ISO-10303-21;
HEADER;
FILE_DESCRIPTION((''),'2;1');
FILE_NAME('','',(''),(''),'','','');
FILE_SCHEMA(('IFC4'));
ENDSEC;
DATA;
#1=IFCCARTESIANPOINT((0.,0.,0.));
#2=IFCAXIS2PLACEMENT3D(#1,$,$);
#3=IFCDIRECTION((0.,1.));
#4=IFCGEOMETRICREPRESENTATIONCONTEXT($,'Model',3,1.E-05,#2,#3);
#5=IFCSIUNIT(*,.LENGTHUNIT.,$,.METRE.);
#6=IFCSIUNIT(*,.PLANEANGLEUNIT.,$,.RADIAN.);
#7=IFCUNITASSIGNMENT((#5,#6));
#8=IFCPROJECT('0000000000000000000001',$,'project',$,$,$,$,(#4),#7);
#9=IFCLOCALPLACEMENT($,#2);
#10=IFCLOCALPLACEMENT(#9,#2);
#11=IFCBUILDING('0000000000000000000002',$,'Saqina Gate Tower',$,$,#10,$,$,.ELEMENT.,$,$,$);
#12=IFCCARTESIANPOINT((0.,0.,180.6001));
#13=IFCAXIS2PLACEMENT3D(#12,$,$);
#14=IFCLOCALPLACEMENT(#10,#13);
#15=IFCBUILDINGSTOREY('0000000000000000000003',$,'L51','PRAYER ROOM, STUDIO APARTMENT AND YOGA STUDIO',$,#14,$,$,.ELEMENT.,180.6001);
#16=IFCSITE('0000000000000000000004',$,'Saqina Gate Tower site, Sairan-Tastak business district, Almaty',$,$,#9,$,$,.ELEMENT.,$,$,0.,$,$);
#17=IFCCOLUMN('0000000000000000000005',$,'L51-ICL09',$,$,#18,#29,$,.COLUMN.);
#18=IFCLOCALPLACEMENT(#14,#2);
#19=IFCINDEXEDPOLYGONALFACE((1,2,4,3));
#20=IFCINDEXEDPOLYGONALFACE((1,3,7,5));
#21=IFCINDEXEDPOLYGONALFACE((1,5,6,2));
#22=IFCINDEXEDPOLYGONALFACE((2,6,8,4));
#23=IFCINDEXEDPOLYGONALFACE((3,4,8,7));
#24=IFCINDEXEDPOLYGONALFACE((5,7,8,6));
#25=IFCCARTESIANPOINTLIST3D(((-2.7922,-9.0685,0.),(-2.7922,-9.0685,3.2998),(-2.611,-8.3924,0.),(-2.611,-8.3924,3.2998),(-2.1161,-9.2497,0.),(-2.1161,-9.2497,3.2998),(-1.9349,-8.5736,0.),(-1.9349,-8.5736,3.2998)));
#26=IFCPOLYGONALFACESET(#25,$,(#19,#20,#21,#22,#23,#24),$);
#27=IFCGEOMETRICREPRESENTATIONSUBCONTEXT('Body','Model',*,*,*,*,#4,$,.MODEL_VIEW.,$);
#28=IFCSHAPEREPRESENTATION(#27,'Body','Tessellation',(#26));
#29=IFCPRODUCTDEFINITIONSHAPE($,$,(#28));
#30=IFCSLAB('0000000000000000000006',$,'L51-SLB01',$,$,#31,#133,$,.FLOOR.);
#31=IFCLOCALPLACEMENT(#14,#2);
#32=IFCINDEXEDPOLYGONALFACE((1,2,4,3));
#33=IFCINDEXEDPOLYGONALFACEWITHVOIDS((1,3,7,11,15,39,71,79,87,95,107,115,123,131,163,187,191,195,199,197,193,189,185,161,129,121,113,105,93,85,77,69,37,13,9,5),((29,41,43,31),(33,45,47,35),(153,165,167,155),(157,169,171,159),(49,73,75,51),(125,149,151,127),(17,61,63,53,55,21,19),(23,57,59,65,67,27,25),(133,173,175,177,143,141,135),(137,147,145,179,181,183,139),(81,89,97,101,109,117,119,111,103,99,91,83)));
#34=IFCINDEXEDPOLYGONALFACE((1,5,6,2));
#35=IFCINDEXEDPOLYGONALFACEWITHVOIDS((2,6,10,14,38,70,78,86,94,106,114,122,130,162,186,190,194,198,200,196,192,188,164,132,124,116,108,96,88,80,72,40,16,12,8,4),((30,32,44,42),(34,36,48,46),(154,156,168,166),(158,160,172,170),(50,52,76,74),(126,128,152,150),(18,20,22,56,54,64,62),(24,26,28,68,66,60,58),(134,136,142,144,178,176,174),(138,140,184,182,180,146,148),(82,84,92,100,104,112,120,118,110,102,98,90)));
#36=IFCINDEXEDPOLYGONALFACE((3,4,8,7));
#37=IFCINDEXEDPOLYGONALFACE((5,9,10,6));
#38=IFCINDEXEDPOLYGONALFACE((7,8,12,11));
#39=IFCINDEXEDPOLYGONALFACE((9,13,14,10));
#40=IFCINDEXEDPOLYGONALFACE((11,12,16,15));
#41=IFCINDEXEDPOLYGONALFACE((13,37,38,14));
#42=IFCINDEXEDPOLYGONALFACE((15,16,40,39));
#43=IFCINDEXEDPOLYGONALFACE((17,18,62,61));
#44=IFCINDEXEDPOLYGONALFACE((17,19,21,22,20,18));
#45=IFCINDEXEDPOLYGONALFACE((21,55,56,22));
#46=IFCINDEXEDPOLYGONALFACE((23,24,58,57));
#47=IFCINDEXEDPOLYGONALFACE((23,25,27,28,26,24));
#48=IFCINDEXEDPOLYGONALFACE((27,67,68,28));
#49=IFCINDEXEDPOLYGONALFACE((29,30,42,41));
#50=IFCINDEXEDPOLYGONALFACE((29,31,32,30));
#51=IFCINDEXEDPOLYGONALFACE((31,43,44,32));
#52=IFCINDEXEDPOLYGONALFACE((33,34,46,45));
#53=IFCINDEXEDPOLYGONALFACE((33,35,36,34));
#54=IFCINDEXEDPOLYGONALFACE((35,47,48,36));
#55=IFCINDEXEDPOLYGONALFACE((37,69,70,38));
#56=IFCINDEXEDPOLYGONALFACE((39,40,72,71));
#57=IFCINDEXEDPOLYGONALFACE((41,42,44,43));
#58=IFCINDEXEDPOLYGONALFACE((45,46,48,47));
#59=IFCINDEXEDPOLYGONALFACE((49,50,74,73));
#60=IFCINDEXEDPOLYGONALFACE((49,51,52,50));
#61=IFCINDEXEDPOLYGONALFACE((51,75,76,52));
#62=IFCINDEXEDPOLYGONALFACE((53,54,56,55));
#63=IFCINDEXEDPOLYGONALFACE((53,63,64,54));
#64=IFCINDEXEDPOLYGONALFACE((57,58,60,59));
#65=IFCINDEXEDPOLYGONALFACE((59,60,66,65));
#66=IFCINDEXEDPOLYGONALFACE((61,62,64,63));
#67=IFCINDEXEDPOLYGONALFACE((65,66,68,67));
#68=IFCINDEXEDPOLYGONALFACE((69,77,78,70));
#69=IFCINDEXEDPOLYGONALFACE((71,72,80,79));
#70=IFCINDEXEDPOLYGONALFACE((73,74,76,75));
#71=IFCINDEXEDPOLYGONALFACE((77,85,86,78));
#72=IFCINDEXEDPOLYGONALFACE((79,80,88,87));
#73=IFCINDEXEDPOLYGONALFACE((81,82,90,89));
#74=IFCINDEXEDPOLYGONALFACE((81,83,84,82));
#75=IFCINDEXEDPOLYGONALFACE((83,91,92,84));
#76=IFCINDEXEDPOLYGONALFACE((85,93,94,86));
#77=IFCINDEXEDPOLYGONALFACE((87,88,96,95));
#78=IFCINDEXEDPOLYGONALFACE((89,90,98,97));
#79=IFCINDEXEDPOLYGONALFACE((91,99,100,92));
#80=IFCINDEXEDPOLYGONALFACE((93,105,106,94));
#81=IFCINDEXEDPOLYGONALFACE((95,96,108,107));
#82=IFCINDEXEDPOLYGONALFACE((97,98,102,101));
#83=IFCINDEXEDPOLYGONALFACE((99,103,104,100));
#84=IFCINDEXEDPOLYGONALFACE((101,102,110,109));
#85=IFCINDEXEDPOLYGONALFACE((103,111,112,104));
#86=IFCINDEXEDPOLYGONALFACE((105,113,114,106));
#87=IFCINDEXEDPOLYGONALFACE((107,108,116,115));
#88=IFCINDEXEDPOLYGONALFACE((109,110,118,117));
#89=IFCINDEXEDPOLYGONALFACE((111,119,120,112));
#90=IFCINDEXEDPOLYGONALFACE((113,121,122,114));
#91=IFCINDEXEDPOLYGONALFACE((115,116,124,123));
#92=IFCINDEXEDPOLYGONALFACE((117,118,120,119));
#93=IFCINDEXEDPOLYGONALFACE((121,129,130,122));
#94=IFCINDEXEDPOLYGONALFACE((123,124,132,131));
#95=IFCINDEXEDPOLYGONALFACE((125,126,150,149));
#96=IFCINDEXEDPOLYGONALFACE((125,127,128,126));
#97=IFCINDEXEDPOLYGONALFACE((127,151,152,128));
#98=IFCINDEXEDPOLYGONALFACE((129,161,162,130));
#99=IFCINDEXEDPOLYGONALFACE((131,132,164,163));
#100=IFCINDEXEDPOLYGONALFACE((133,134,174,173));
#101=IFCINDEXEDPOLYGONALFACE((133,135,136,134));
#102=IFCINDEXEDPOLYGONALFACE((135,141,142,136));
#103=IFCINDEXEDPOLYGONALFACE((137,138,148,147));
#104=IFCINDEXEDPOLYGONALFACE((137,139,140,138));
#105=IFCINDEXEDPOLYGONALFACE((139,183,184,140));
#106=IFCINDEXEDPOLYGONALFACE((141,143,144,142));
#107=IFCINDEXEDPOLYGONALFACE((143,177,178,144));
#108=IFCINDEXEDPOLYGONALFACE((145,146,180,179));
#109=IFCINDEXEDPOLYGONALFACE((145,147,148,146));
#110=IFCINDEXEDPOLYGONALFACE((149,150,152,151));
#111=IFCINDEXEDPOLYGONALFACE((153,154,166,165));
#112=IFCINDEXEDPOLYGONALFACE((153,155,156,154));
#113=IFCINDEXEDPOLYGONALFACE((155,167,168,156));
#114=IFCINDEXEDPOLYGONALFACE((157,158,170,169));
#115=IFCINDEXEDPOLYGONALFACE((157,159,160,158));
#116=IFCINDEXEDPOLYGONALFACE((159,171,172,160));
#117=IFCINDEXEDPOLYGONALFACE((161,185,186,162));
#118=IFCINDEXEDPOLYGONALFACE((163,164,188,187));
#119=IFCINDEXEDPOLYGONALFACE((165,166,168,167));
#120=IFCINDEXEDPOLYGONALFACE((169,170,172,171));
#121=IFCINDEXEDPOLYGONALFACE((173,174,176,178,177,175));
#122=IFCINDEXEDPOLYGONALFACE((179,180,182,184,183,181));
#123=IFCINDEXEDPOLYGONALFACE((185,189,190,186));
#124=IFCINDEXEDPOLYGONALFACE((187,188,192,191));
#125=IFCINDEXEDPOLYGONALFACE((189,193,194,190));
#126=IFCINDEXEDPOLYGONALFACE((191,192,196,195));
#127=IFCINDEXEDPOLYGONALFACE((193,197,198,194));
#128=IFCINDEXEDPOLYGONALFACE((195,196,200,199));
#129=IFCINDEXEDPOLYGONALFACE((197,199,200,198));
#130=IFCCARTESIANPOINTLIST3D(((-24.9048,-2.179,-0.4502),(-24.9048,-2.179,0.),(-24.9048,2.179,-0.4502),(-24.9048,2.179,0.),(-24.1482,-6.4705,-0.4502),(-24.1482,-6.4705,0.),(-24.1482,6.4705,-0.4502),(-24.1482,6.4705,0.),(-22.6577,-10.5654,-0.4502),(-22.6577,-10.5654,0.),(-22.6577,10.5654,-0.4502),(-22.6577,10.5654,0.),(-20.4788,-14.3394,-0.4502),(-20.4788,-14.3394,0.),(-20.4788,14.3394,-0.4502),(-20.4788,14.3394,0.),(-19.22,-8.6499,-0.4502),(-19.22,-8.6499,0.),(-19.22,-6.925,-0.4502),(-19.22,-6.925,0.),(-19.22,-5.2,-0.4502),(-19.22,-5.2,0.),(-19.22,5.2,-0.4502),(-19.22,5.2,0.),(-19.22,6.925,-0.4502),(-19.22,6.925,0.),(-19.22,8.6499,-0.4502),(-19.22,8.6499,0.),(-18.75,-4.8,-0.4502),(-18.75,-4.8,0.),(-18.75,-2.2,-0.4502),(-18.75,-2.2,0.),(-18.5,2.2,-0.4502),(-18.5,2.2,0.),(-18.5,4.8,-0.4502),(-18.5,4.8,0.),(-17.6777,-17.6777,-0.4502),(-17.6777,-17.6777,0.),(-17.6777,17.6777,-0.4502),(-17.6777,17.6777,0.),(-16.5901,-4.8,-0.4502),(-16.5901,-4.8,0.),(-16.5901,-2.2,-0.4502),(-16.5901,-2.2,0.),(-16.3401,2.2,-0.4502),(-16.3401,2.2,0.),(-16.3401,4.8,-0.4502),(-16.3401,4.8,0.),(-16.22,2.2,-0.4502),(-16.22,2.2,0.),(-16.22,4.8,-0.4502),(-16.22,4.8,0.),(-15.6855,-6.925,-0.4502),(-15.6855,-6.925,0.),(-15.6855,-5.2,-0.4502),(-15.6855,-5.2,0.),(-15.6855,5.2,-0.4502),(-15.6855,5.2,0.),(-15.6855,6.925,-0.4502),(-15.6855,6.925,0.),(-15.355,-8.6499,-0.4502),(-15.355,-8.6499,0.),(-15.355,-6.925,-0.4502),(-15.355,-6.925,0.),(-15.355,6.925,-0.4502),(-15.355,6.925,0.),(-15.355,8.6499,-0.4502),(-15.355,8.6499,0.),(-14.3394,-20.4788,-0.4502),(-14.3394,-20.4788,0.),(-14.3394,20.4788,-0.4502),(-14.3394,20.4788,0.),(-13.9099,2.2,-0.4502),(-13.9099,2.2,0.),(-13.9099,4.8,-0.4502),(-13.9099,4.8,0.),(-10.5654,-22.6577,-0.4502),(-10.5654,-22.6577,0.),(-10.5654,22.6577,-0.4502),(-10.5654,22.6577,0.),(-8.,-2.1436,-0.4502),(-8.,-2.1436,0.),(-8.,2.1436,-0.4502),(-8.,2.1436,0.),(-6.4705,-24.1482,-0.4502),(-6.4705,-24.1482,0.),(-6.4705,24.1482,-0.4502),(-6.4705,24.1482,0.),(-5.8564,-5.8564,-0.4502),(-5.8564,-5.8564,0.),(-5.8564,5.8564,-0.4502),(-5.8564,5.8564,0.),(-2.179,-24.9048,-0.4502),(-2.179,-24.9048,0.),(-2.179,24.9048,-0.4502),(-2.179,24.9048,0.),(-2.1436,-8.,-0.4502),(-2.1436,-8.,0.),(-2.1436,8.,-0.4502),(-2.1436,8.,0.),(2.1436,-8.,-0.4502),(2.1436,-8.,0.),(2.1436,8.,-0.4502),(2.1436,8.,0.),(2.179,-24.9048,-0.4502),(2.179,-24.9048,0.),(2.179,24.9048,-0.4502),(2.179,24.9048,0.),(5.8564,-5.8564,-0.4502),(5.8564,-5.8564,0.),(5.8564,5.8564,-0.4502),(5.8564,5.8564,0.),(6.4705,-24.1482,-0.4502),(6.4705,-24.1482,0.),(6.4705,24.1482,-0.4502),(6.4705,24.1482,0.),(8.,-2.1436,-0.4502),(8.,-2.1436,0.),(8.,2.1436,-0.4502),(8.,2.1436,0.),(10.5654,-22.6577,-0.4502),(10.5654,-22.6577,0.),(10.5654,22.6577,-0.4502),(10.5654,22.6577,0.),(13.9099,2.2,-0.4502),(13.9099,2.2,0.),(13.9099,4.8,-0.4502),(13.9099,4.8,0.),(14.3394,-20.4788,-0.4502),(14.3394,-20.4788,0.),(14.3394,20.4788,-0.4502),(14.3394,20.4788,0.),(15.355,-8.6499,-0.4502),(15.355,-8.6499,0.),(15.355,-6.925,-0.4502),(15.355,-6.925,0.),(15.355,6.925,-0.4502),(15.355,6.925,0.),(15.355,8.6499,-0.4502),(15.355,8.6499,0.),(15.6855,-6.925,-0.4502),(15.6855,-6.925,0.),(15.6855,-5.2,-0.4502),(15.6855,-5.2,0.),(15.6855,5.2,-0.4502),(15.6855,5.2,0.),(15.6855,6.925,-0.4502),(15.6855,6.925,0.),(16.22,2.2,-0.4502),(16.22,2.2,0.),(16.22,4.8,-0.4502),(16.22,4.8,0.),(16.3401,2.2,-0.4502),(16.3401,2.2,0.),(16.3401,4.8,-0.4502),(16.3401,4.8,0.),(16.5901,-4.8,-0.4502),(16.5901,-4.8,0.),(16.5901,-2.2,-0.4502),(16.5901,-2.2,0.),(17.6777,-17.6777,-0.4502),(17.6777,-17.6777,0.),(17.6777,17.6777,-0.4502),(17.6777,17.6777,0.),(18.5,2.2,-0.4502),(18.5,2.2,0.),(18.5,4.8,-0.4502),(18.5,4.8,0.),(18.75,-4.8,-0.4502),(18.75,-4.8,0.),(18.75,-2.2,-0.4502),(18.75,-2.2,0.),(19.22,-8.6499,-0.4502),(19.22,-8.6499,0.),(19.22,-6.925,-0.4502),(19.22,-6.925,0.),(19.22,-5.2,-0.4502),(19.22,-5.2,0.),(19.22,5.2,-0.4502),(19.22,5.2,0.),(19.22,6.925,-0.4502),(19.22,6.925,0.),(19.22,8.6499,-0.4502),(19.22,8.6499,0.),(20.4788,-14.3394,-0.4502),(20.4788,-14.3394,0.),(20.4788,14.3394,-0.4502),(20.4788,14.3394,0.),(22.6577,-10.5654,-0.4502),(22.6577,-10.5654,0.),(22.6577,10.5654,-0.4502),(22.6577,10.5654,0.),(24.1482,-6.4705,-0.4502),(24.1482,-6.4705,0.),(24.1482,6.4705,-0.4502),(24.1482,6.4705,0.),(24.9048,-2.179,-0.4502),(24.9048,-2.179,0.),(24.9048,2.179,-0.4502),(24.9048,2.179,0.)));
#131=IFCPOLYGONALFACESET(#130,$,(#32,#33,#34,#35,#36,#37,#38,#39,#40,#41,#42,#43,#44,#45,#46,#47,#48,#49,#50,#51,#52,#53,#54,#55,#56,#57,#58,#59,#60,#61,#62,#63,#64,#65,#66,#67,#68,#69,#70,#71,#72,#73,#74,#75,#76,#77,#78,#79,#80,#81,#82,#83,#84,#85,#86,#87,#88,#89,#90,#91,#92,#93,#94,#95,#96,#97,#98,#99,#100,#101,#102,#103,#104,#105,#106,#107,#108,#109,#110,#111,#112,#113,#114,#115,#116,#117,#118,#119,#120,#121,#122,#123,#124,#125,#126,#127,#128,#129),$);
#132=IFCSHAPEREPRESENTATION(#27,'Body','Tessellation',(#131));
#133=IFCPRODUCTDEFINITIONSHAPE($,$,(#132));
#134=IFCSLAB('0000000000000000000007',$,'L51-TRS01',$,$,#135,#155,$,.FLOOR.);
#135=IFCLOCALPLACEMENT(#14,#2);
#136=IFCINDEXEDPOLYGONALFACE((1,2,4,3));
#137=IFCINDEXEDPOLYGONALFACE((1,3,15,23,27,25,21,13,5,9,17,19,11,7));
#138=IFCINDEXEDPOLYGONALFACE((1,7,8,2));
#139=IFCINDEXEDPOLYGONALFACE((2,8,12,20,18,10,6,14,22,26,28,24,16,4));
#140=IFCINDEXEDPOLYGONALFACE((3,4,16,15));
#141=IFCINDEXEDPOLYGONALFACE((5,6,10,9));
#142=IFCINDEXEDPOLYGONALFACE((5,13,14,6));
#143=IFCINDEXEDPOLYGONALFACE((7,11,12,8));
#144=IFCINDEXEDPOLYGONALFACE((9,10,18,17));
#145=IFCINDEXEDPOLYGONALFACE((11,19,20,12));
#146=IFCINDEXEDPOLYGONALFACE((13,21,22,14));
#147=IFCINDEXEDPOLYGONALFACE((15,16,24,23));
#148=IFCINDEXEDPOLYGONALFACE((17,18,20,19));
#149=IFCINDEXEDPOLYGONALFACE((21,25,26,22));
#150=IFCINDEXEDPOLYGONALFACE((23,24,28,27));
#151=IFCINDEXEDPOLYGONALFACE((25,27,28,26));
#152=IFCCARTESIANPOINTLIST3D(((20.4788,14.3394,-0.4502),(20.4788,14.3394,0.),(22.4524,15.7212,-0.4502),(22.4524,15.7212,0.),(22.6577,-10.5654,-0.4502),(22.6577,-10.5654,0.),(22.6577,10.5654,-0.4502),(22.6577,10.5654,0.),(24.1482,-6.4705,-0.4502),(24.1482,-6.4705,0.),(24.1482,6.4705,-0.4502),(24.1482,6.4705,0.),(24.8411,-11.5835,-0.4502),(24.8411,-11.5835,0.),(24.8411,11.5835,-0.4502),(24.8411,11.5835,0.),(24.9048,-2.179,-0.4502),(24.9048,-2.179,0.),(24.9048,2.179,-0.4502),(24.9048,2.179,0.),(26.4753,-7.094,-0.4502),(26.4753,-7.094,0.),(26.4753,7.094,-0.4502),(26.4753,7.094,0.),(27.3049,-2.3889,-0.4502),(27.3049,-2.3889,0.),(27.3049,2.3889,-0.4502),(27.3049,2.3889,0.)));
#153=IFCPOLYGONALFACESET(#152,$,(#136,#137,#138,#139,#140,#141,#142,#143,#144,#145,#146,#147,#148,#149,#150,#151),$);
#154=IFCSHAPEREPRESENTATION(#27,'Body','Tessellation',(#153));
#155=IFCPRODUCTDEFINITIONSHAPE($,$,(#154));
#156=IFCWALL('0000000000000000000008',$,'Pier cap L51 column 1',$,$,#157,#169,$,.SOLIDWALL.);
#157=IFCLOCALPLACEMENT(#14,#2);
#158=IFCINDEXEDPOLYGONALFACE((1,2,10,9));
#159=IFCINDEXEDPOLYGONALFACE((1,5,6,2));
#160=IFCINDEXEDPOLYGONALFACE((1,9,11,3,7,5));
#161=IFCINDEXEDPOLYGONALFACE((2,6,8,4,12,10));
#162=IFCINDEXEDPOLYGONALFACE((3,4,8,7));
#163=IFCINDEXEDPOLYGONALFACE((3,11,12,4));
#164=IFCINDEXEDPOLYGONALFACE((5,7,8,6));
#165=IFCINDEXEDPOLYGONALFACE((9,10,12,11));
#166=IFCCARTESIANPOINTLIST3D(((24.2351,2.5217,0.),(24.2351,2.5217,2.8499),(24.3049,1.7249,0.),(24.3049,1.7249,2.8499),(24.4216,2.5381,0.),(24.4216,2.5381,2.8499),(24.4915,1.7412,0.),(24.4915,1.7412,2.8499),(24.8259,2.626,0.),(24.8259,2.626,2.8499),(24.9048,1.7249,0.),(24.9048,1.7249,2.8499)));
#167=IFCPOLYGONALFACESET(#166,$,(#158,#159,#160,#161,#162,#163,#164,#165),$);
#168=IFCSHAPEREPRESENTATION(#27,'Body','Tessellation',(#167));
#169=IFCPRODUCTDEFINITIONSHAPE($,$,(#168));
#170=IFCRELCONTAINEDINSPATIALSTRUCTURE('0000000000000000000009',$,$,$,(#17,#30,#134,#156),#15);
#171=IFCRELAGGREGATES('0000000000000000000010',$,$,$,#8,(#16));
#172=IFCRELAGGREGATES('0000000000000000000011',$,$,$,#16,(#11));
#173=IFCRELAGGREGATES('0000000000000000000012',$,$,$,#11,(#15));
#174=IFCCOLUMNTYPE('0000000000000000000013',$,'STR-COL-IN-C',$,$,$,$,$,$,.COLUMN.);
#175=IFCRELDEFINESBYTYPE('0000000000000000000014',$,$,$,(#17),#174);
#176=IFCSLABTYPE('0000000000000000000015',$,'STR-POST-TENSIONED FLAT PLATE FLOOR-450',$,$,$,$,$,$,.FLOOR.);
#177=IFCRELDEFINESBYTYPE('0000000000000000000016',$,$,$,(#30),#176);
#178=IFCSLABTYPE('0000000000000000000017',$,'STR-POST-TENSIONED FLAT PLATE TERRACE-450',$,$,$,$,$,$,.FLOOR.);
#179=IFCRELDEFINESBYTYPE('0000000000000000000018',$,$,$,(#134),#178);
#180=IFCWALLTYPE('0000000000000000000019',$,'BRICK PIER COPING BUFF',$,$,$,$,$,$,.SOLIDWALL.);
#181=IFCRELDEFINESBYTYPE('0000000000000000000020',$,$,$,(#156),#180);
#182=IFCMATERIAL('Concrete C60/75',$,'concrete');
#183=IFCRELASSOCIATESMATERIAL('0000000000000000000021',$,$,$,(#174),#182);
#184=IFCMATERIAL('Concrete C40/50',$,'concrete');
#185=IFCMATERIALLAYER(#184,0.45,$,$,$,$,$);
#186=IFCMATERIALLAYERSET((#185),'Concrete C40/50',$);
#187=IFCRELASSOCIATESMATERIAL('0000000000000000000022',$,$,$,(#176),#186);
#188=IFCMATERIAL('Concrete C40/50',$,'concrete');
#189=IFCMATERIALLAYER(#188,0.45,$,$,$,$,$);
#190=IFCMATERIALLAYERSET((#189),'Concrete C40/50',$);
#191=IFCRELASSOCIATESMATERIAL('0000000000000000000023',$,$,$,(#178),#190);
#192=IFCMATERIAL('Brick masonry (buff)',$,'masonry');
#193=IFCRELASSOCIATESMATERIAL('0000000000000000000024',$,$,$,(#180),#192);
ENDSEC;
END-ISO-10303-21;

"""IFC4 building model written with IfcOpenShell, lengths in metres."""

from ifc_helpers import new_model, si_unit, direction, frame, origin, origin_2d, place, context, subcontext, project, spatial, polyline, rectangle, outline, extrude, material, layer, layer_set, material_profile, profile_set, type_object, element, save


model = new_model("IFC4")

# Units and contexts
model_context = context("Model", 3, precision=1e-05, world=origin(), true_north=direction((0.0, 1.0)))
body_context = subcontext(model_context, "Body", "Model", "MODEL_VIEW")
ifc_project = project(units=[si_unit("LENGTHUNIT", "METRE"), si_unit("PLANEANGLEUNIT", "RADIAN")], contexts=[model_context])

# Site, building, storey
site_placement = place(None, origin())
site = spatial("IfcSite", under=ifc_project, at=site_placement, Name="Saqina Gate Tower site, Sairan-Tastak business district, Almaty", CompositionType="ELEMENT", RefElevation=0.0)
building_placement = place(site_placement, origin())
building = spatial("IfcBuilding", under=site, at=building_placement, Name="Saqina Gate Tower", CompositionType="ELEMENT")
storey_placement = place(building_placement, frame((0.0, 0.0, 180.6001)))
storey = spatial("IfcBuildingStorey", under=building, at=storey_placement, Name="L51", Description="PRAYER ROOM, STUDIO APARTMENT AND YOGA STUDIO", CompositionType="ELEMENT", Elevation=180.6001)

# Column
ifc_material_1 = material(Name="Concrete C60/75", Category="concrete")
ifc_material_profile = material_profile(ifc_material_1, rectangle(XDim=0.7, YDim=0.7, at=origin_2d()), Name="RC 700x700")
ifc_profile_set = profile_set([ifc_material_profile], Name="Concrete C60/75")
column_type = type_object("IfcColumnType", Name="STR-COL-IN-C", PredefinedType="COLUMN", material=ifc_profile_set)
column_placement = place(storey_placement, frame((-2.3635, -8.821, 0.0), z_axis=(0.0, 0.0, 1.0), x_axis=(-0.258819, -0.965926, 0.0)))
element("IfcColumn", 1, at=column_placement, inside=storey, type_object=column_type, Name="L51-ICL09", PredefinedType="COLUMN", context=body_context, shape_type="SweptSolid", body=[
    extrude(rectangle(XDim=0.7, YDim=0.7, at=origin_2d()), origin(), (0.0, 0.0, 1.0), 3.2998),
])

# Slabs
ifc_material_2 = material(Name="Concrete C40/50", Category="concrete")
ifc_layer_1 = layer(ifc_material_2, 0.45)
ifc_layer_set_1 = layer_set([ifc_layer_1], Name="Concrete C40/50")
slab_type_1 = type_object("IfcSlabType", Name="STR-POST-TENSIONED FLAT PLATE FLOOR-450", PredefinedType="FLOOR", material=ifc_layer_set_1)
slab_1_placement = place(storey_placement, frame((0.0, 0.0, -0.4502)))
element("IfcSlab", 2, at=slab_1_placement, inside=storey, type_object=slab_type_1, Name="L51-SLB01", PredefinedType="FLOOR", context=body_context, shape_type="SweptSolid", body=[
    extrude(outline(polyline([(24.1482, -6.4705), (24.9048, -2.179), (24.9048, 2.179), (24.1482, 6.4705), (22.6577, 10.5654), (20.4788, 14.3394), (17.6777, 17.6777), (14.3394, 20.4788), (10.5654, 22.6577), (6.4705, 24.1482), (2.179, 24.9048), (-2.179, 24.9048), (-6.4705, 24.1482), (-10.5654, 22.6577), (-14.3394, 20.4788), (-17.6777, 17.6777), (-20.4788, 14.3394), (-22.6577, 10.5654), (-24.1482, 6.4705), (-24.9048, 2.179), (-24.9048, -2.179), (-24.1482, -6.4705), (-22.6577, -10.5654), (-20.4788, -14.3394), (-17.6777, -17.6777), (-14.3394, -20.4788), (-10.5654, -22.6577), (-6.4705, -24.1482), (-2.179, -24.9048), (2.179, -24.9048), (6.4705, -24.1482), (10.5654, -22.6577), (14.3394, -20.4788), (17.6777, -17.6777), (20.4788, -14.3394), (22.6577, -10.5654), (24.1482, -6.4705)]), holes=[polyline([(2.1436, 8.0), (5.8564, 5.8564), (8.0, 2.1436), (8.0, -2.1436), (5.8564, -5.8564), (2.1436, -8.0), (-2.1436, -8.0), (-5.8564, -5.8564), (-8.0, -2.1436), (-8.0, 2.1436), (-5.8564, 5.8564), (-2.1436, 8.0), (2.1436, 8.0)]), polyline([(-15.355, -8.6499), (-19.22, -8.6499), (-19.22, -6.925), (-19.22, -5.2), (-15.6855, -5.2), (-15.6855, -6.925), (-15.355, -6.925), (-15.355, -8.6499)]), polyline([(-16.5901, -2.2), (-16.5901, -4.8), (-18.75, -4.8), (-18.75, -2.2), (-16.5901, -2.2)]), polyline([(-16.3401, 4.8), (-16.3401, 2.2), (-18.5, 2.2), (-18.5, 4.8), (-16.3401, 4.8)]), polyline([(-13.9099, 4.8), (-13.9099, 2.2), (-16.22, 2.2), (-16.22, 4.8), (-13.9099, 4.8)]), polyline([(-19.22, 6.925), (-19.22, 8.6499), (-15.355, 8.6499), (-15.355, 6.925), (-15.6855, 6.925), (-15.6855, 5.2), (-19.22, 5.2), (-19.22, 6.925)]), polyline([(15.355, -8.6499), (15.355, -6.925), (15.6855, -6.925), (15.6855, -5.2), (19.22, -5.2), (19.22, -6.925), (19.22, -8.6499), (15.355, -8.6499)]), polyline([(18.75, -2.2), (18.75, -4.8), (16.5901, -4.8), (16.5901, -2.2), (18.75, -2.2)]), polyline([(16.22, 4.8), (16.22, 2.2), (13.9099, 2.2), (13.9099, 4.8), (16.22, 4.8)]), polyline([(18.5, 4.8), (18.5, 2.2), (16.3401, 2.2), (16.3401, 4.8), (18.5, 4.8)]), polyline([(15.6855, 6.925), (15.355, 6.925), (15.355, 8.6499), (19.22, 8.6499), (19.22, 6.925), (19.22, 5.2), (15.6855, 5.2), (15.6855, 6.925)])]), origin(), (0.0, 0.0, 1.0), 0.4502),
])
ifc_material_3 = material(Name="Concrete C40/50", Category="concrete")
ifc_layer_2 = layer(ifc_material_3, 0.45)
ifc_layer_set_2 = layer_set([ifc_layer_2], Name="Concrete C40/50")
slab_type_2 = type_object("IfcSlabType", Name="STR-POST-TENSIONED FLAT PLATE TERRACE-450", PredefinedType="FLOOR", material=ifc_layer_set_2)
slab_2_placement = place(storey_placement, frame((0.0, 0.0, -0.4502)))
element("IfcSlab", 3, at=slab_2_placement, inside=storey, type_object=slab_type_2, Name="L51-TRS01", PredefinedType="FLOOR", context=body_context, shape_type="SweptSolid", body=[
    extrude(outline(polyline([(22.6577, -10.5654), (24.1482, -6.4705), (24.9048, -2.179), (24.9048, 2.179), (24.1482, 6.4705), (22.6577, 10.5654), (20.4788, 14.3394), (22.4524, 15.7212), (24.8411, 11.5835), (26.4753, 7.094), (27.3049, 2.3889), (27.3049, -2.3889), (26.4753, -7.094), (24.8411, -11.5835), (22.6577, -10.5654)])), origin(), (0.0, 0.0, 1.0), 0.4502),
])

# Wall
ifc_material_4 = material(Name="Brick masonry (buff)", Category="masonry")
wall_type_1 = type_object("IfcWallType", Name="BRICK PIER COPING BUFF", PredefinedType="SOLIDWALL", material=ifc_material_4)
wall_1_placement = place(storey_placement, origin())
element("IfcWall", 4, at=wall_1_placement, inside=storey, type_object=wall_type_1, Name="Pier cap L51 column 1", PredefinedType="SOLIDWALL", context=body_context, shape_type="SweptSolid", body=[
    extrude(outline(polyline([(24.9048, 1.7249), (24.8259, 2.626), (24.2351, 2.5217), (24.4216, 2.5381), (24.4915, 1.7412), (24.3049, 1.7249), (24.9048, 1.7249)])), origin(), (0.0, 0.0, 1.0), 2.8499),
])

save(model, "model.ifc")
